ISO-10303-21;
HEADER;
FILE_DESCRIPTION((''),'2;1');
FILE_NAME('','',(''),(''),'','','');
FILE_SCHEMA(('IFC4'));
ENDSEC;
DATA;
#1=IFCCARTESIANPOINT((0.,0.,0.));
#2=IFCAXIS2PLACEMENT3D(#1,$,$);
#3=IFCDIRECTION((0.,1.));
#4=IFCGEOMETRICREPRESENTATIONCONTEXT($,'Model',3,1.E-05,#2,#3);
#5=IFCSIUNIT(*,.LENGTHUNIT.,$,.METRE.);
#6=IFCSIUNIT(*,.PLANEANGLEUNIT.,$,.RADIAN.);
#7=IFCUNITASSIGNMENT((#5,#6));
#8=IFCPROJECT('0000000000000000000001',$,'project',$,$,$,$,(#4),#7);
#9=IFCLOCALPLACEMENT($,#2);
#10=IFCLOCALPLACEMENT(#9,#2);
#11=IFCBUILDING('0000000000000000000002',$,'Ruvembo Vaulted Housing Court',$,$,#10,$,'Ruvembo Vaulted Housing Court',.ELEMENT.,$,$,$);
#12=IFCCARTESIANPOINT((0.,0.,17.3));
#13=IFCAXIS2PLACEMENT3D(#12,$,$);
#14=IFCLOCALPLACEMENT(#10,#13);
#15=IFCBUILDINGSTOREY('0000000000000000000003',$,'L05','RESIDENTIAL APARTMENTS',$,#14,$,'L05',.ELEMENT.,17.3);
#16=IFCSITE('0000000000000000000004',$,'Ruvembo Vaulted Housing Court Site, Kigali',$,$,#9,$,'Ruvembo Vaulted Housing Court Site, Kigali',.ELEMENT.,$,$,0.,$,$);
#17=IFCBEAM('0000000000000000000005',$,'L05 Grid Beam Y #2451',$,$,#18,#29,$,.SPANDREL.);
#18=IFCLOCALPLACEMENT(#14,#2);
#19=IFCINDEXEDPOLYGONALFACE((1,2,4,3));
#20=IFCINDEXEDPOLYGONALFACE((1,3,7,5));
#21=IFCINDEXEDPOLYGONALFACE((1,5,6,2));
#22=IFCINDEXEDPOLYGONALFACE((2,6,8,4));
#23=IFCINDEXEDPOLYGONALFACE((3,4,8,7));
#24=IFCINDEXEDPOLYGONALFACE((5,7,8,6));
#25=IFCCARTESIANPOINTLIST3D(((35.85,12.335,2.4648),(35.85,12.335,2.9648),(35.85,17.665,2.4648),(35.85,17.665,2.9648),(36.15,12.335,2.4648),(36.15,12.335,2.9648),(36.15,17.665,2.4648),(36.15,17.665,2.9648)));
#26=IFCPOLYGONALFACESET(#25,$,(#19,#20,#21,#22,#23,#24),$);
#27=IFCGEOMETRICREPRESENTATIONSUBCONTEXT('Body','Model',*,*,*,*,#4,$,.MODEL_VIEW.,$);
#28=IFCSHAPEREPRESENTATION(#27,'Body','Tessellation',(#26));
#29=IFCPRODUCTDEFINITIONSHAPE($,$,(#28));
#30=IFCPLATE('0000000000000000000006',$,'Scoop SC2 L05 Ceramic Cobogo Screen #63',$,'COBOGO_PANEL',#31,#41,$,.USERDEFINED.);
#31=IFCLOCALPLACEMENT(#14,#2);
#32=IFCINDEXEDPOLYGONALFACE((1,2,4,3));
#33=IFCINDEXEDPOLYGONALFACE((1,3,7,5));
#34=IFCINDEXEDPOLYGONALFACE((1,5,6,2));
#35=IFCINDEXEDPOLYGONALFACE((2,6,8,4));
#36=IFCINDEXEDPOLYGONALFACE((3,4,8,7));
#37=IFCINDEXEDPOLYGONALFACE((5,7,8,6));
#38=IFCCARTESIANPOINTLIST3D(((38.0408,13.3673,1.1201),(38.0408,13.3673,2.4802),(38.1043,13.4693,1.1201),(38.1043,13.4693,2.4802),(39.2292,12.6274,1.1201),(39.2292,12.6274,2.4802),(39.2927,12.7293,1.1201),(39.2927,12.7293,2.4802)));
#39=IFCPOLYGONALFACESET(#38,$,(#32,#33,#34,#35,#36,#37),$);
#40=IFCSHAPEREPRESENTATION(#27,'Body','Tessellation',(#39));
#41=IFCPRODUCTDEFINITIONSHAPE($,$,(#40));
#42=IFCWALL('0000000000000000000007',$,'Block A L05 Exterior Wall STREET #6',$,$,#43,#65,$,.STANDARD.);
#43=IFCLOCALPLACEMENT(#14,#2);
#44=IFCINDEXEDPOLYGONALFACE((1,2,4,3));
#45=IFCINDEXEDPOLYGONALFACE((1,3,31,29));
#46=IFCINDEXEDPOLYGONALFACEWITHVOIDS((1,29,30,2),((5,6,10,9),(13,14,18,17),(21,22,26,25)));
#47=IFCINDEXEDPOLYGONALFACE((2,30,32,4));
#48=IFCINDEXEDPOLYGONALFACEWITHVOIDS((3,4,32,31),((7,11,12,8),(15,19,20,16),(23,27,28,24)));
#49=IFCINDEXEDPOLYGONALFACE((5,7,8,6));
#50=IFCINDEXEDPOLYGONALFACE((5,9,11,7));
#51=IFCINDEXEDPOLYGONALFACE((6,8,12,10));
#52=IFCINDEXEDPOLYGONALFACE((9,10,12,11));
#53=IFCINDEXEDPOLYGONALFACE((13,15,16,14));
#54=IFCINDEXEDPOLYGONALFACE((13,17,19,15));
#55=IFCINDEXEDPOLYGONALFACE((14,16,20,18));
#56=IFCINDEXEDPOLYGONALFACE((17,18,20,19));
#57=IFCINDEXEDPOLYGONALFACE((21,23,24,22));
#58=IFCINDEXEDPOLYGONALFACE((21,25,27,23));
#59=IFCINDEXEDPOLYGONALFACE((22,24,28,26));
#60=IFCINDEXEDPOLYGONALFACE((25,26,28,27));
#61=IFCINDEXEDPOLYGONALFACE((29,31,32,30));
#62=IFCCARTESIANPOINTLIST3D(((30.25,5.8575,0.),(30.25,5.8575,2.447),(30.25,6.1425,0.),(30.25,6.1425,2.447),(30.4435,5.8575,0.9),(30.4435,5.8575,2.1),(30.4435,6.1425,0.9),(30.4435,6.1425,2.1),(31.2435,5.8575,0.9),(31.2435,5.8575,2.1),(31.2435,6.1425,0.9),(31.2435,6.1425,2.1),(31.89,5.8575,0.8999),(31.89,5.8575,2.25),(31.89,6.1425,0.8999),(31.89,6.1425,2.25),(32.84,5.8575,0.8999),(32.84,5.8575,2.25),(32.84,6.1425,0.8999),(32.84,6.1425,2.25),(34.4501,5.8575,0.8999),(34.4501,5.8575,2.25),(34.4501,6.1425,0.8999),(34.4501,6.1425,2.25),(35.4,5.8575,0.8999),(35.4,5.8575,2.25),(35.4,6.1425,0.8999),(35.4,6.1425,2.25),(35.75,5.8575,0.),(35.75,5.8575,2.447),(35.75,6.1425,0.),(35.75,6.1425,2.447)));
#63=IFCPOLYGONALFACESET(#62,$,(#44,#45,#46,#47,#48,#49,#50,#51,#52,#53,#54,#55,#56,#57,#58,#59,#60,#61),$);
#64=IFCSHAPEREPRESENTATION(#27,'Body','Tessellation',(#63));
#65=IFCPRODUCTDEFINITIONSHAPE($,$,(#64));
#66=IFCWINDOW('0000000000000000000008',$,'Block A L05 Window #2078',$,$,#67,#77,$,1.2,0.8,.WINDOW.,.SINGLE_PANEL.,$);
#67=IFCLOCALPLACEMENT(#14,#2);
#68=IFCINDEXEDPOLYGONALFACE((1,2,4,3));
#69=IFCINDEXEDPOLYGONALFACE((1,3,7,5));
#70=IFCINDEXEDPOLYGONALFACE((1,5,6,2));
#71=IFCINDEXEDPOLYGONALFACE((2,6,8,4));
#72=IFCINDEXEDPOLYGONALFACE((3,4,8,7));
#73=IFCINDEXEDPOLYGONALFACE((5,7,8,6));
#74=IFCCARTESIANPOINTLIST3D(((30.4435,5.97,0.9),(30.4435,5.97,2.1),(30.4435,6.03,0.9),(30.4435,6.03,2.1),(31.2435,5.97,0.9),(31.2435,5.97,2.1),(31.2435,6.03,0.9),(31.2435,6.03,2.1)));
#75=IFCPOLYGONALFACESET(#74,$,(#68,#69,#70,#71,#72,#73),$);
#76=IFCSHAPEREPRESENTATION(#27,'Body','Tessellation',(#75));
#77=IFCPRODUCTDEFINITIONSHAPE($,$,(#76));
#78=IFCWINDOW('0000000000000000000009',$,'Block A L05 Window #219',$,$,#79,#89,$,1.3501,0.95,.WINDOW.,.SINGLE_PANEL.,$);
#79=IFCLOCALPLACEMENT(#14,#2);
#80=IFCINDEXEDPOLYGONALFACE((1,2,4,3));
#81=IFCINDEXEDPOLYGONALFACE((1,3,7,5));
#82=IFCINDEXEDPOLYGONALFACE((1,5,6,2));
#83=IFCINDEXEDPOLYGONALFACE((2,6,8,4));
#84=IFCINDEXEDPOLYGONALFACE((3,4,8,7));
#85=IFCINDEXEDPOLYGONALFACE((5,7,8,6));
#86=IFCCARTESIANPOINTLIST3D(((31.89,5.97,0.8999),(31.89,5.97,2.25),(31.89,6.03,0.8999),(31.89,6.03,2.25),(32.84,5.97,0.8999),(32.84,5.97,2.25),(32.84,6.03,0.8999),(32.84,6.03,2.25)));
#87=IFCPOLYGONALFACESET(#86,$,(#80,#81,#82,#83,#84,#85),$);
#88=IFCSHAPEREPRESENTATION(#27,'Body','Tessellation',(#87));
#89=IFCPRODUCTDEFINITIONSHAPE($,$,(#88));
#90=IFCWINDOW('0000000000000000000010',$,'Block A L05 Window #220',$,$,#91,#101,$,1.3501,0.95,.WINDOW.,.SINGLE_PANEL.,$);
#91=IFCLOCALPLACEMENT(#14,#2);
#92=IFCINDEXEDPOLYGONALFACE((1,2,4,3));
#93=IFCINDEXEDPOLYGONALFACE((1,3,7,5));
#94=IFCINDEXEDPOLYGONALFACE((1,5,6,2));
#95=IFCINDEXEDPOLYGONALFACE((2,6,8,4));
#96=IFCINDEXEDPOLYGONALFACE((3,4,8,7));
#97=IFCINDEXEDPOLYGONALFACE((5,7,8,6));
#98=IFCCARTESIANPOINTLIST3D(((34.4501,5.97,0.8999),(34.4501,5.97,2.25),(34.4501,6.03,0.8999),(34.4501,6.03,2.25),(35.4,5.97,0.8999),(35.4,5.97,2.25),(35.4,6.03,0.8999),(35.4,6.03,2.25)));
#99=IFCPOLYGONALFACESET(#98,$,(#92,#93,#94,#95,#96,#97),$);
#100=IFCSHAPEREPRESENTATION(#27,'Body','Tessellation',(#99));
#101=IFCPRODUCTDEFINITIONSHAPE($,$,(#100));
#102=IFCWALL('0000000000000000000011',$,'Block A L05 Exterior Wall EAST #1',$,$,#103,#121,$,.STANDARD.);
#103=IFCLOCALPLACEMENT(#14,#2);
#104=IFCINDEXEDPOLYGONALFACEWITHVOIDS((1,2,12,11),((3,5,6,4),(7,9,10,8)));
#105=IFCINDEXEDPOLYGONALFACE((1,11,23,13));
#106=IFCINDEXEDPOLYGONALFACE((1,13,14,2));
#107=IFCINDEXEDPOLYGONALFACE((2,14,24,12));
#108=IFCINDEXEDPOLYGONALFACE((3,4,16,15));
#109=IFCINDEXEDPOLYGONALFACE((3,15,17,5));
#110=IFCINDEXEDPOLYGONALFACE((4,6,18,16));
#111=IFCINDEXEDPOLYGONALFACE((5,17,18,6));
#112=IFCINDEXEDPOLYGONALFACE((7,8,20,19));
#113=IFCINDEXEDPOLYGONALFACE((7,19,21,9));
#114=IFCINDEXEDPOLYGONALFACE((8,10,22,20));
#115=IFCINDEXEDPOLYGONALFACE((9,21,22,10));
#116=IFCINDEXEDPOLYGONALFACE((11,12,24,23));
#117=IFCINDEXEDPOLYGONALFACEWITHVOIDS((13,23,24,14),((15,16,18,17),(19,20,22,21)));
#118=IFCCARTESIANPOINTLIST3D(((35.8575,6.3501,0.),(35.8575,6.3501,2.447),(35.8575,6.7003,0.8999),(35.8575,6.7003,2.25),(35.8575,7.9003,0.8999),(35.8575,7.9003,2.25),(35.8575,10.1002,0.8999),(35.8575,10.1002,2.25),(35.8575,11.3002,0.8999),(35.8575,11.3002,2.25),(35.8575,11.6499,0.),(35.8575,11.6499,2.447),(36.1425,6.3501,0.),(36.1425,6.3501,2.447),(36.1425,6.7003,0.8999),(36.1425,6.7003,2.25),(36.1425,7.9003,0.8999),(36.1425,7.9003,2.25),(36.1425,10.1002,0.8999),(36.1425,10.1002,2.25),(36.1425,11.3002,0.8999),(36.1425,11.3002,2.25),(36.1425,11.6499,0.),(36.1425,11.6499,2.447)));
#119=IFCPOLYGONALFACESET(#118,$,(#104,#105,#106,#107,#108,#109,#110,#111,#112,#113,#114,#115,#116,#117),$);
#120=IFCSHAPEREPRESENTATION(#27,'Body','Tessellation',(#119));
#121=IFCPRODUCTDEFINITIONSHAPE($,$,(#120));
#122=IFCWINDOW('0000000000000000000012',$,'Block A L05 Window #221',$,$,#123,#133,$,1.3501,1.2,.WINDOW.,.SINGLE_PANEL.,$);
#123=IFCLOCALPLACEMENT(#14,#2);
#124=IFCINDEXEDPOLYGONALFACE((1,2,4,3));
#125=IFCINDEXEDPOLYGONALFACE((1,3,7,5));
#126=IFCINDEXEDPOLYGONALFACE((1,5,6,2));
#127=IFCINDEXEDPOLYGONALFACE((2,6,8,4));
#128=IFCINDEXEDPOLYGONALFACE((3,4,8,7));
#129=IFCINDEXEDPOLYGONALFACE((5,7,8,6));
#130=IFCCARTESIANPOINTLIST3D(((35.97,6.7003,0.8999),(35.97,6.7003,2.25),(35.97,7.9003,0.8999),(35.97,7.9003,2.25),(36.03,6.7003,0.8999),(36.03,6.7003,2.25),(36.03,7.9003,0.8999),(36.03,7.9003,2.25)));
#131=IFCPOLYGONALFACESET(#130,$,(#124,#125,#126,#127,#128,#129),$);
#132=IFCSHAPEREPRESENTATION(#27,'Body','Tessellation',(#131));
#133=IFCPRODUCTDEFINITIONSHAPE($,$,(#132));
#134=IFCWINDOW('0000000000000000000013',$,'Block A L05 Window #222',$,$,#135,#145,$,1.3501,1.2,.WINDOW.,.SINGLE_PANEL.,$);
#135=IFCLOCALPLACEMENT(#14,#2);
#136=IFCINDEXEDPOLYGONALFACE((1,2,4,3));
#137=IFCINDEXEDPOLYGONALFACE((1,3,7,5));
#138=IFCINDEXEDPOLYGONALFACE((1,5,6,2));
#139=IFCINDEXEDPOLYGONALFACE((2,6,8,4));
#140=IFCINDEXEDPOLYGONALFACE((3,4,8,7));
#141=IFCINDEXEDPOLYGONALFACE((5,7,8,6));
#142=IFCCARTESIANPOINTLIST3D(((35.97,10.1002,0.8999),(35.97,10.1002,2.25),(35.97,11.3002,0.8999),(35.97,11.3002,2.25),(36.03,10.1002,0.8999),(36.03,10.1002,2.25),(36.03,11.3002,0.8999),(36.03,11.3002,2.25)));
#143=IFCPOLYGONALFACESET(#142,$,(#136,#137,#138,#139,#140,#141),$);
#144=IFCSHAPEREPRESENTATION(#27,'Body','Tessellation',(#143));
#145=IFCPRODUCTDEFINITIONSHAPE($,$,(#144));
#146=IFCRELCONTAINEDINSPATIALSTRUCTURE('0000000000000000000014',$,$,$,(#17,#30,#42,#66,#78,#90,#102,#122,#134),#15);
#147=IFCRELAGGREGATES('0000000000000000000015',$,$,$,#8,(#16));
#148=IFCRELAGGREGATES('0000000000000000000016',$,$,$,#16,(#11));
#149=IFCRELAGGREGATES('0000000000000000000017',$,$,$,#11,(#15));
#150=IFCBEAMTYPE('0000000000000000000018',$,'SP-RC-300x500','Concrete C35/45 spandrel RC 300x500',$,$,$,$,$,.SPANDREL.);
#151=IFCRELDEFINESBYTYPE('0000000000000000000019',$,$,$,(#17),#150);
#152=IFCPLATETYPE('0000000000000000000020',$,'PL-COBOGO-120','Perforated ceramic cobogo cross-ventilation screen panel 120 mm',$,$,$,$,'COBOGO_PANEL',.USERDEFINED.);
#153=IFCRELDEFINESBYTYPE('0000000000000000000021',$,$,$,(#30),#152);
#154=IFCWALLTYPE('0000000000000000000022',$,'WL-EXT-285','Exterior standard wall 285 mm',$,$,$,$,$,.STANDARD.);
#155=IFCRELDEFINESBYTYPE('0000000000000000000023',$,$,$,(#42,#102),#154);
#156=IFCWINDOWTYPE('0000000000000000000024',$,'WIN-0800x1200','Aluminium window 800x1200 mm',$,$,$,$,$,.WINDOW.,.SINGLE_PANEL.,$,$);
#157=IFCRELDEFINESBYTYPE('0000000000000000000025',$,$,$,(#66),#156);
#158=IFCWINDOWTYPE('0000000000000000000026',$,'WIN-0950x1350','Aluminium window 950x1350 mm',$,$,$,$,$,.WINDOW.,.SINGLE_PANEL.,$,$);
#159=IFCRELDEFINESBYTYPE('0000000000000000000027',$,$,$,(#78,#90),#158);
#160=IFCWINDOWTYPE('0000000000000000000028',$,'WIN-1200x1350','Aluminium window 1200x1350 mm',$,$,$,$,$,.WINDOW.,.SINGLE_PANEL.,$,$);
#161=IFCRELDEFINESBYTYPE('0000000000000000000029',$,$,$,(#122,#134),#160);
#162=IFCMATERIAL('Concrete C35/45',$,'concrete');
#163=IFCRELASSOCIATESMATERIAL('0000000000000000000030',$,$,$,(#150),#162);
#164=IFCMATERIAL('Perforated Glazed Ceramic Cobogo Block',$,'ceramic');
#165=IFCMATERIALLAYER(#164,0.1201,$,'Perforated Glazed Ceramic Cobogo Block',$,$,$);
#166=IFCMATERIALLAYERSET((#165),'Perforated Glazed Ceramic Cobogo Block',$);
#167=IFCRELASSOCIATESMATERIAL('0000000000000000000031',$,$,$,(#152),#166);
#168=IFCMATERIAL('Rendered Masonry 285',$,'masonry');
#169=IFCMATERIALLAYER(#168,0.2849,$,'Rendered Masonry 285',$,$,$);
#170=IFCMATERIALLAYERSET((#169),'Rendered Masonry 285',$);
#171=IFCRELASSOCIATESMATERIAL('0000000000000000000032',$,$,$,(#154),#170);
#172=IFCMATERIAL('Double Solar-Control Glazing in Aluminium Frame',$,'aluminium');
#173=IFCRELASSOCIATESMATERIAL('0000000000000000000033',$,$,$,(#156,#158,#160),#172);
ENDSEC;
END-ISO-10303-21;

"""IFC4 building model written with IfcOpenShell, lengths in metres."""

from ifc_helpers import new_model, si_unit, direction, frame, frame_2d, origin, origin_2d, place, context, subcontext, project, spatial, rectangle, extrude, material, layer, layer_set, material_profile, profile_set, type_object, element, fill, save


model = new_model("IFC4")

# Units and contexts
model_context = context("Model", 3, precision=1e-05, world=origin(), true_north=direction((0.0, 1.0)))
body_context = subcontext(model_context, "Body", "Model", "MODEL_VIEW")
ifc_project = project(units=[si_unit("LENGTHUNIT", "METRE"), si_unit("PLANEANGLEUNIT", "RADIAN")], contexts=[model_context])

# Site, building, storey
site_placement = place(None, origin())
site = spatial("IfcSite", under=ifc_project, at=site_placement, Name="Ruvembo Vaulted Housing Court Site, Kigali", LongName="Ruvembo Vaulted Housing Court Site, Kigali", CompositionType="ELEMENT", RefElevation=0.0)
building_placement = place(site_placement, origin())
building = spatial("IfcBuilding", under=site, at=building_placement, Name="Ruvembo Vaulted Housing Court", LongName="Ruvembo Vaulted Housing Court", CompositionType="ELEMENT")
storey_placement = place(building_placement, frame((0.0, 0.0, 17.3)))
storey = spatial("IfcBuildingStorey", under=building, at=storey_placement, Name="L05", Description="RESIDENTIAL APARTMENTS", LongName="L05", CompositionType="ELEMENT", Elevation=17.3)

# Shared definitions
ifc_material_1 = material(Name="Concrete C35/45", Category="concrete")

# Beam
ifc_material_profile_1 = material_profile(ifc_material_1, rectangle(XDim=0.3, YDim=0.5, at=origin_2d()), Name="RC 300x500")
ifc_profile_set_1 = profile_set([ifc_material_profile_1], Name="Concrete C35/45")
beam_type_1 = type_object("IfcBeamType", Name="SP-RC-300x500", Description="Concrete C35/45 spandrel RC 300x500", PredefinedType="SPANDREL", material=ifc_profile_set_1)
for number, where, z_axis, x_axis, name in (
    (1, (36.0, 12.335, 2.7148), (0.0, 1.0, 0.0), (-1.0, 0.0, 0.0), "L05 Grid Beam Y #2451"),
):
    element("IfcBeam", number, at=place(storey_placement, frame(where, z_axis=z_axis, x_axis=x_axis)), inside=storey, type_object=beam_type_1, Name=name, PredefinedType="SPANDREL", context=body_context, shape_type="SweptSolid", body=[
        extrude(rectangle(XDim=0.3, YDim=0.5, at=origin_2d()), origin(), (0.0, 0.0, 1.0), 5.3301),
    ])

# Plate
ifc_material_2 = material(Name="Perforated Glazed Ceramic Cobogo Block", Category="ceramic")
ifc_layer_1 = layer(ifc_material_2, 0.1201, Name="Perforated Glazed Ceramic Cobogo Block")
ifc_layer_set_1 = layer_set([ifc_layer_1], Name="Perforated Glazed Ceramic Cobogo Block")
plate_type = type_object("IfcPlateType", Name="PL-COBOGO-120", Description="Perforated ceramic cobogo cross-ventilation screen panel 120 mm", ElementType="COBOGO_PANEL", PredefinedType="USERDEFINED", material=ifc_layer_set_1)
plate_placement = place(storey_placement, frame((38.6667, 13.0483, 1.1201), z_axis=(0.0, 0.0, 1.0), x_axis=(0.848889, -0.528572, 0.0)))
element("IfcPlate", 2, at=plate_placement, inside=storey, type_object=plate_type, Name="Scoop SC2 L05 Ceramic Cobogo Screen #63", ObjectType="COBOGO_PANEL", PredefinedType="USERDEFINED", context=body_context, shape_type="SweptSolid", body=[
    extrude(rectangle(XDim=1.3999, YDim=0.1201, at=origin_2d()), origin(), (0.0, 0.0, 1.0), 1.3601),
])

# Walls, openings, windows
ifc_material_3 = material(Name="Rendered Masonry 285", Category="masonry")
ifc_layer_2 = layer(ifc_material_3, 0.2849, Name="Rendered Masonry 285")
ifc_layer_set_2 = layer_set([ifc_layer_2], Name="Rendered Masonry 285")
wall_type_1 = type_object("IfcWallType", Name="WL-EXT-285", Description="Exterior standard wall 285 mm", PredefinedType="STANDARD", material=ifc_layer_set_2)
wall_1_placement = place(storey_placement, frame((30.25, 6.0, 0.0), z_axis=(0.0, 0.0, 1.0), x_axis=(1.0, 0.0, 0.0)))
wall_1 = element("IfcWall", 3, at=wall_1_placement, inside=storey, type_object=wall_type_1, Name="Block A L05 Exterior Wall STREET #6", PredefinedType="STANDARD", context=body_context, shape_type="SweptSolid", body=[
    extrude(rectangle(XDim=5.5, YDim=0.2849, at=frame_2d((2.75, 0.0))), origin(), (0.0, 0.0, 1.0), 2.447),
])
opening_1_placement = place(wall_1_placement, frame((1.6399, 0.0, 0.8999)))
opening_1 = element("IfcOpeningElement", 4, at=opening_1_placement, cuts=wall_1, PredefinedType="OPENING", context=body_context, shape_type="SweptSolid", body=[
    extrude(rectangle(XDim=0.95, YDim=1.3501, at=frame_2d((0.4751, 0.675))), frame((0.0, 0.1523, 0.0), z_axis=(0.0, -1.0, 0.0), x_axis=(1.0, 0.0, 0.0)), (0.0, 0.0, 1.0), 0.3049),
])
opening_2_placement = place(wall_1_placement, frame((4.2, 0.0, 0.8999)))
opening_2 = element("IfcOpeningElement", 5, at=opening_2_placement, cuts=wall_1, PredefinedType="OPENING", context=body_context, shape_type="SweptSolid", body=[
    extrude(rectangle(XDim=0.95, YDim=1.3501, at=frame_2d((0.4751, 0.675))), frame((0.0, 0.1523, 0.0), z_axis=(0.0, -1.0, 0.0), x_axis=(1.0, 0.0, 0.0)), (0.0, 0.0, 1.0), 0.3049),
])
opening_3_placement = place(wall_1_placement, frame((0.1936, 0.0, 0.8999)))
opening_3 = element("IfcOpeningElement", 6, at=opening_3_placement, cuts=wall_1, PredefinedType="OPENING", context=body_context, shape_type="SweptSolid", body=[
    extrude(rectangle(XDim=0.8, YDim=1.2, at=frame_2d((0.3999, 0.6001))), frame((0.0, 0.1523, 0.0), z_axis=(0.0, -1.0, 0.0), x_axis=(1.0, 0.0, 0.0)), (0.0, 0.0, 1.0), 0.3049),
])
ifc_material_4 = material(Name="Double Solar-Control Glazing in Aluminium Frame", Category="aluminium")
window_type_1 = type_object("IfcWindowType", Name="WIN-0800x1200", Description="Aluminium window 800x1200 mm", PartitioningType="SINGLE_PANEL", PredefinedType="WINDOW", material=ifc_material_4)
window_1_placement = place(opening_3_placement, origin())
window_1 = element("IfcWindow", 7, at=window_1_placement, inside=storey, type_object=window_type_1, Name="Block A L05 Window #2078", OverallHeight=1.2, OverallWidth=0.8, PartitioningType="SINGLE_PANEL", PredefinedType="WINDOW", context=body_context, shape_type="SweptSolid", body=[
    extrude(rectangle(XDim=0.8, YDim=1.2, at=frame_2d((0.3999, 0.6001))), frame((0.0, 0.03, 0.0), z_axis=(0.0, -1.0, 0.0), x_axis=(1.0, 0.0, 0.0)), (0.0, 0.0, 1.0), 0.0601),
])
fill(opening_3, window_1)
window_type_2 = type_object("IfcWindowType", Name="WIN-0950x1350", Description="Aluminium window 950x1350 mm", PartitioningType="SINGLE_PANEL", PredefinedType="WINDOW", material=ifc_material_4)
window_2_placement = place(opening_1_placement, origin())
window_2 = element("IfcWindow", 8, at=window_2_placement, inside=storey, type_object=window_type_2, Name="Block A L05 Window #219", OverallHeight=1.3501, OverallWidth=0.95, PartitioningType="SINGLE_PANEL", PredefinedType="WINDOW", context=body_context, shape_type="SweptSolid", body=[
    extrude(rectangle(XDim=0.95, YDim=1.3501, at=frame_2d((0.4751, 0.675))), frame((0.0, 0.03, 0.0), z_axis=(0.0, -1.0, 0.0), x_axis=(1.0, 0.0, 0.0)), (0.0, 0.0, 1.0), 0.0601),
])
fill(opening_1, window_2)
window_3_placement = place(opening_2_placement, origin())
window_3 = element("IfcWindow", 9, at=window_3_placement, inside=storey, type_object=window_type_2, Name="Block A L05 Window #220", OverallHeight=1.3501, OverallWidth=0.95, PartitioningType="SINGLE_PANEL", PredefinedType="WINDOW", context=body_context, shape_type="SweptSolid", body=[
    extrude(rectangle(XDim=0.95, YDim=1.3501, at=frame_2d((0.4751, 0.675))), frame((0.0, 0.03, 0.0), z_axis=(0.0, -1.0, 0.0), x_axis=(1.0, 0.0, 0.0)), (0.0, 0.0, 1.0), 0.0601),
])
fill(opening_2, window_3)
wall_2_placement = place(storey_placement, frame((36.0, 6.3501, 0.0), z_axis=(0.0, 0.0, 1.0), x_axis=(0.0, 1.0, 0.0)))
wall_2 = element("IfcWall", 10, at=wall_2_placement, inside=storey, type_object=wall_type_1, Name="Block A L05 Exterior Wall EAST #1", PredefinedType="STANDARD", context=body_context, shape_type="SweptSolid", body=[
    extrude(rectangle(XDim=5.2998, YDim=0.2849, at=frame_2d((2.6499, 0.0))), origin(), (0.0, 0.0, 1.0), 2.447),
])
opening_4_placement = place(wall_2_placement, frame((0.3501, 0.0, 0.8999)))
opening_4 = element("IfcOpeningElement", 11, at=opening_4_placement, cuts=wall_2, PredefinedType="OPENING", context=body_context, shape_type="SweptSolid", body=[
    extrude(rectangle(XDim=1.2, YDim=1.3501, at=frame_2d((0.6001, 0.675))), frame((0.0, 0.1523, 0.0), z_axis=(0.0, -1.0, 0.0), x_axis=(1.0, 0.0, 0.0)), (0.0, 0.0, 1.0), 0.3049),
])
opening_5_placement = place(wall_2_placement, frame((3.75, 0.0, 0.8999)))
opening_5 = element("IfcOpeningElement", 12, at=opening_5_placement, cuts=wall_2, PredefinedType="OPENING", context=body_context, shape_type="SweptSolid", body=[
    extrude(rectangle(XDim=1.2, YDim=1.3501, at=frame_2d((0.6001, 0.675))), frame((0.0, 0.1523, 0.0), z_axis=(0.0, -1.0, 0.0), x_axis=(1.0, 0.0, 0.0)), (0.0, 0.0, 1.0), 0.3049),
])
window_type_3 = type_object("IfcWindowType", Name="WIN-1200x1350", Description="Aluminium window 1200x1350 mm", PartitioningType="SINGLE_PANEL", PredefinedType="WINDOW", material=ifc_material_4)
window_4_placement = place(opening_4_placement, origin())
window_4 = element("IfcWindow", 13, at=window_4_placement, inside=storey, type_object=window_type_3, Name="Block A L05 Window #221", OverallHeight=1.3501, OverallWidth=1.2, PartitioningType="SINGLE_PANEL", PredefinedType="WINDOW", context=body_context, shape_type="SweptSolid", body=[
    extrude(rectangle(XDim=1.2, YDim=1.3501, at=frame_2d((0.6001, 0.675))), frame((0.0, 0.03, 0.0), z_axis=(0.0, -1.0, 0.0), x_axis=(1.0, 0.0, 0.0)), (0.0, 0.0, 1.0), 0.0601),
])
fill(opening_4, window_4)
window_5_placement = place(opening_5_placement, origin())
window_5 = element("IfcWindow", 14, at=window_5_placement, inside=storey, type_object=window_type_3, Name="Block A L05 Window #222", OverallHeight=1.3501, OverallWidth=1.2, PartitioningType="SINGLE_PANEL", PredefinedType="WINDOW", context=body_context, shape_type="SweptSolid", body=[
    extrude(rectangle(XDim=1.2, YDim=1.3501, at=frame_2d((0.6001, 0.675))), frame((0.0, 0.03, 0.0), z_axis=(0.0, -1.0, 0.0), x_axis=(1.0, 0.0, 0.0)), (0.0, 0.0, 1.0), 0.0601),
])
fill(opening_5, window_5)

save(model, "model.ifc")
